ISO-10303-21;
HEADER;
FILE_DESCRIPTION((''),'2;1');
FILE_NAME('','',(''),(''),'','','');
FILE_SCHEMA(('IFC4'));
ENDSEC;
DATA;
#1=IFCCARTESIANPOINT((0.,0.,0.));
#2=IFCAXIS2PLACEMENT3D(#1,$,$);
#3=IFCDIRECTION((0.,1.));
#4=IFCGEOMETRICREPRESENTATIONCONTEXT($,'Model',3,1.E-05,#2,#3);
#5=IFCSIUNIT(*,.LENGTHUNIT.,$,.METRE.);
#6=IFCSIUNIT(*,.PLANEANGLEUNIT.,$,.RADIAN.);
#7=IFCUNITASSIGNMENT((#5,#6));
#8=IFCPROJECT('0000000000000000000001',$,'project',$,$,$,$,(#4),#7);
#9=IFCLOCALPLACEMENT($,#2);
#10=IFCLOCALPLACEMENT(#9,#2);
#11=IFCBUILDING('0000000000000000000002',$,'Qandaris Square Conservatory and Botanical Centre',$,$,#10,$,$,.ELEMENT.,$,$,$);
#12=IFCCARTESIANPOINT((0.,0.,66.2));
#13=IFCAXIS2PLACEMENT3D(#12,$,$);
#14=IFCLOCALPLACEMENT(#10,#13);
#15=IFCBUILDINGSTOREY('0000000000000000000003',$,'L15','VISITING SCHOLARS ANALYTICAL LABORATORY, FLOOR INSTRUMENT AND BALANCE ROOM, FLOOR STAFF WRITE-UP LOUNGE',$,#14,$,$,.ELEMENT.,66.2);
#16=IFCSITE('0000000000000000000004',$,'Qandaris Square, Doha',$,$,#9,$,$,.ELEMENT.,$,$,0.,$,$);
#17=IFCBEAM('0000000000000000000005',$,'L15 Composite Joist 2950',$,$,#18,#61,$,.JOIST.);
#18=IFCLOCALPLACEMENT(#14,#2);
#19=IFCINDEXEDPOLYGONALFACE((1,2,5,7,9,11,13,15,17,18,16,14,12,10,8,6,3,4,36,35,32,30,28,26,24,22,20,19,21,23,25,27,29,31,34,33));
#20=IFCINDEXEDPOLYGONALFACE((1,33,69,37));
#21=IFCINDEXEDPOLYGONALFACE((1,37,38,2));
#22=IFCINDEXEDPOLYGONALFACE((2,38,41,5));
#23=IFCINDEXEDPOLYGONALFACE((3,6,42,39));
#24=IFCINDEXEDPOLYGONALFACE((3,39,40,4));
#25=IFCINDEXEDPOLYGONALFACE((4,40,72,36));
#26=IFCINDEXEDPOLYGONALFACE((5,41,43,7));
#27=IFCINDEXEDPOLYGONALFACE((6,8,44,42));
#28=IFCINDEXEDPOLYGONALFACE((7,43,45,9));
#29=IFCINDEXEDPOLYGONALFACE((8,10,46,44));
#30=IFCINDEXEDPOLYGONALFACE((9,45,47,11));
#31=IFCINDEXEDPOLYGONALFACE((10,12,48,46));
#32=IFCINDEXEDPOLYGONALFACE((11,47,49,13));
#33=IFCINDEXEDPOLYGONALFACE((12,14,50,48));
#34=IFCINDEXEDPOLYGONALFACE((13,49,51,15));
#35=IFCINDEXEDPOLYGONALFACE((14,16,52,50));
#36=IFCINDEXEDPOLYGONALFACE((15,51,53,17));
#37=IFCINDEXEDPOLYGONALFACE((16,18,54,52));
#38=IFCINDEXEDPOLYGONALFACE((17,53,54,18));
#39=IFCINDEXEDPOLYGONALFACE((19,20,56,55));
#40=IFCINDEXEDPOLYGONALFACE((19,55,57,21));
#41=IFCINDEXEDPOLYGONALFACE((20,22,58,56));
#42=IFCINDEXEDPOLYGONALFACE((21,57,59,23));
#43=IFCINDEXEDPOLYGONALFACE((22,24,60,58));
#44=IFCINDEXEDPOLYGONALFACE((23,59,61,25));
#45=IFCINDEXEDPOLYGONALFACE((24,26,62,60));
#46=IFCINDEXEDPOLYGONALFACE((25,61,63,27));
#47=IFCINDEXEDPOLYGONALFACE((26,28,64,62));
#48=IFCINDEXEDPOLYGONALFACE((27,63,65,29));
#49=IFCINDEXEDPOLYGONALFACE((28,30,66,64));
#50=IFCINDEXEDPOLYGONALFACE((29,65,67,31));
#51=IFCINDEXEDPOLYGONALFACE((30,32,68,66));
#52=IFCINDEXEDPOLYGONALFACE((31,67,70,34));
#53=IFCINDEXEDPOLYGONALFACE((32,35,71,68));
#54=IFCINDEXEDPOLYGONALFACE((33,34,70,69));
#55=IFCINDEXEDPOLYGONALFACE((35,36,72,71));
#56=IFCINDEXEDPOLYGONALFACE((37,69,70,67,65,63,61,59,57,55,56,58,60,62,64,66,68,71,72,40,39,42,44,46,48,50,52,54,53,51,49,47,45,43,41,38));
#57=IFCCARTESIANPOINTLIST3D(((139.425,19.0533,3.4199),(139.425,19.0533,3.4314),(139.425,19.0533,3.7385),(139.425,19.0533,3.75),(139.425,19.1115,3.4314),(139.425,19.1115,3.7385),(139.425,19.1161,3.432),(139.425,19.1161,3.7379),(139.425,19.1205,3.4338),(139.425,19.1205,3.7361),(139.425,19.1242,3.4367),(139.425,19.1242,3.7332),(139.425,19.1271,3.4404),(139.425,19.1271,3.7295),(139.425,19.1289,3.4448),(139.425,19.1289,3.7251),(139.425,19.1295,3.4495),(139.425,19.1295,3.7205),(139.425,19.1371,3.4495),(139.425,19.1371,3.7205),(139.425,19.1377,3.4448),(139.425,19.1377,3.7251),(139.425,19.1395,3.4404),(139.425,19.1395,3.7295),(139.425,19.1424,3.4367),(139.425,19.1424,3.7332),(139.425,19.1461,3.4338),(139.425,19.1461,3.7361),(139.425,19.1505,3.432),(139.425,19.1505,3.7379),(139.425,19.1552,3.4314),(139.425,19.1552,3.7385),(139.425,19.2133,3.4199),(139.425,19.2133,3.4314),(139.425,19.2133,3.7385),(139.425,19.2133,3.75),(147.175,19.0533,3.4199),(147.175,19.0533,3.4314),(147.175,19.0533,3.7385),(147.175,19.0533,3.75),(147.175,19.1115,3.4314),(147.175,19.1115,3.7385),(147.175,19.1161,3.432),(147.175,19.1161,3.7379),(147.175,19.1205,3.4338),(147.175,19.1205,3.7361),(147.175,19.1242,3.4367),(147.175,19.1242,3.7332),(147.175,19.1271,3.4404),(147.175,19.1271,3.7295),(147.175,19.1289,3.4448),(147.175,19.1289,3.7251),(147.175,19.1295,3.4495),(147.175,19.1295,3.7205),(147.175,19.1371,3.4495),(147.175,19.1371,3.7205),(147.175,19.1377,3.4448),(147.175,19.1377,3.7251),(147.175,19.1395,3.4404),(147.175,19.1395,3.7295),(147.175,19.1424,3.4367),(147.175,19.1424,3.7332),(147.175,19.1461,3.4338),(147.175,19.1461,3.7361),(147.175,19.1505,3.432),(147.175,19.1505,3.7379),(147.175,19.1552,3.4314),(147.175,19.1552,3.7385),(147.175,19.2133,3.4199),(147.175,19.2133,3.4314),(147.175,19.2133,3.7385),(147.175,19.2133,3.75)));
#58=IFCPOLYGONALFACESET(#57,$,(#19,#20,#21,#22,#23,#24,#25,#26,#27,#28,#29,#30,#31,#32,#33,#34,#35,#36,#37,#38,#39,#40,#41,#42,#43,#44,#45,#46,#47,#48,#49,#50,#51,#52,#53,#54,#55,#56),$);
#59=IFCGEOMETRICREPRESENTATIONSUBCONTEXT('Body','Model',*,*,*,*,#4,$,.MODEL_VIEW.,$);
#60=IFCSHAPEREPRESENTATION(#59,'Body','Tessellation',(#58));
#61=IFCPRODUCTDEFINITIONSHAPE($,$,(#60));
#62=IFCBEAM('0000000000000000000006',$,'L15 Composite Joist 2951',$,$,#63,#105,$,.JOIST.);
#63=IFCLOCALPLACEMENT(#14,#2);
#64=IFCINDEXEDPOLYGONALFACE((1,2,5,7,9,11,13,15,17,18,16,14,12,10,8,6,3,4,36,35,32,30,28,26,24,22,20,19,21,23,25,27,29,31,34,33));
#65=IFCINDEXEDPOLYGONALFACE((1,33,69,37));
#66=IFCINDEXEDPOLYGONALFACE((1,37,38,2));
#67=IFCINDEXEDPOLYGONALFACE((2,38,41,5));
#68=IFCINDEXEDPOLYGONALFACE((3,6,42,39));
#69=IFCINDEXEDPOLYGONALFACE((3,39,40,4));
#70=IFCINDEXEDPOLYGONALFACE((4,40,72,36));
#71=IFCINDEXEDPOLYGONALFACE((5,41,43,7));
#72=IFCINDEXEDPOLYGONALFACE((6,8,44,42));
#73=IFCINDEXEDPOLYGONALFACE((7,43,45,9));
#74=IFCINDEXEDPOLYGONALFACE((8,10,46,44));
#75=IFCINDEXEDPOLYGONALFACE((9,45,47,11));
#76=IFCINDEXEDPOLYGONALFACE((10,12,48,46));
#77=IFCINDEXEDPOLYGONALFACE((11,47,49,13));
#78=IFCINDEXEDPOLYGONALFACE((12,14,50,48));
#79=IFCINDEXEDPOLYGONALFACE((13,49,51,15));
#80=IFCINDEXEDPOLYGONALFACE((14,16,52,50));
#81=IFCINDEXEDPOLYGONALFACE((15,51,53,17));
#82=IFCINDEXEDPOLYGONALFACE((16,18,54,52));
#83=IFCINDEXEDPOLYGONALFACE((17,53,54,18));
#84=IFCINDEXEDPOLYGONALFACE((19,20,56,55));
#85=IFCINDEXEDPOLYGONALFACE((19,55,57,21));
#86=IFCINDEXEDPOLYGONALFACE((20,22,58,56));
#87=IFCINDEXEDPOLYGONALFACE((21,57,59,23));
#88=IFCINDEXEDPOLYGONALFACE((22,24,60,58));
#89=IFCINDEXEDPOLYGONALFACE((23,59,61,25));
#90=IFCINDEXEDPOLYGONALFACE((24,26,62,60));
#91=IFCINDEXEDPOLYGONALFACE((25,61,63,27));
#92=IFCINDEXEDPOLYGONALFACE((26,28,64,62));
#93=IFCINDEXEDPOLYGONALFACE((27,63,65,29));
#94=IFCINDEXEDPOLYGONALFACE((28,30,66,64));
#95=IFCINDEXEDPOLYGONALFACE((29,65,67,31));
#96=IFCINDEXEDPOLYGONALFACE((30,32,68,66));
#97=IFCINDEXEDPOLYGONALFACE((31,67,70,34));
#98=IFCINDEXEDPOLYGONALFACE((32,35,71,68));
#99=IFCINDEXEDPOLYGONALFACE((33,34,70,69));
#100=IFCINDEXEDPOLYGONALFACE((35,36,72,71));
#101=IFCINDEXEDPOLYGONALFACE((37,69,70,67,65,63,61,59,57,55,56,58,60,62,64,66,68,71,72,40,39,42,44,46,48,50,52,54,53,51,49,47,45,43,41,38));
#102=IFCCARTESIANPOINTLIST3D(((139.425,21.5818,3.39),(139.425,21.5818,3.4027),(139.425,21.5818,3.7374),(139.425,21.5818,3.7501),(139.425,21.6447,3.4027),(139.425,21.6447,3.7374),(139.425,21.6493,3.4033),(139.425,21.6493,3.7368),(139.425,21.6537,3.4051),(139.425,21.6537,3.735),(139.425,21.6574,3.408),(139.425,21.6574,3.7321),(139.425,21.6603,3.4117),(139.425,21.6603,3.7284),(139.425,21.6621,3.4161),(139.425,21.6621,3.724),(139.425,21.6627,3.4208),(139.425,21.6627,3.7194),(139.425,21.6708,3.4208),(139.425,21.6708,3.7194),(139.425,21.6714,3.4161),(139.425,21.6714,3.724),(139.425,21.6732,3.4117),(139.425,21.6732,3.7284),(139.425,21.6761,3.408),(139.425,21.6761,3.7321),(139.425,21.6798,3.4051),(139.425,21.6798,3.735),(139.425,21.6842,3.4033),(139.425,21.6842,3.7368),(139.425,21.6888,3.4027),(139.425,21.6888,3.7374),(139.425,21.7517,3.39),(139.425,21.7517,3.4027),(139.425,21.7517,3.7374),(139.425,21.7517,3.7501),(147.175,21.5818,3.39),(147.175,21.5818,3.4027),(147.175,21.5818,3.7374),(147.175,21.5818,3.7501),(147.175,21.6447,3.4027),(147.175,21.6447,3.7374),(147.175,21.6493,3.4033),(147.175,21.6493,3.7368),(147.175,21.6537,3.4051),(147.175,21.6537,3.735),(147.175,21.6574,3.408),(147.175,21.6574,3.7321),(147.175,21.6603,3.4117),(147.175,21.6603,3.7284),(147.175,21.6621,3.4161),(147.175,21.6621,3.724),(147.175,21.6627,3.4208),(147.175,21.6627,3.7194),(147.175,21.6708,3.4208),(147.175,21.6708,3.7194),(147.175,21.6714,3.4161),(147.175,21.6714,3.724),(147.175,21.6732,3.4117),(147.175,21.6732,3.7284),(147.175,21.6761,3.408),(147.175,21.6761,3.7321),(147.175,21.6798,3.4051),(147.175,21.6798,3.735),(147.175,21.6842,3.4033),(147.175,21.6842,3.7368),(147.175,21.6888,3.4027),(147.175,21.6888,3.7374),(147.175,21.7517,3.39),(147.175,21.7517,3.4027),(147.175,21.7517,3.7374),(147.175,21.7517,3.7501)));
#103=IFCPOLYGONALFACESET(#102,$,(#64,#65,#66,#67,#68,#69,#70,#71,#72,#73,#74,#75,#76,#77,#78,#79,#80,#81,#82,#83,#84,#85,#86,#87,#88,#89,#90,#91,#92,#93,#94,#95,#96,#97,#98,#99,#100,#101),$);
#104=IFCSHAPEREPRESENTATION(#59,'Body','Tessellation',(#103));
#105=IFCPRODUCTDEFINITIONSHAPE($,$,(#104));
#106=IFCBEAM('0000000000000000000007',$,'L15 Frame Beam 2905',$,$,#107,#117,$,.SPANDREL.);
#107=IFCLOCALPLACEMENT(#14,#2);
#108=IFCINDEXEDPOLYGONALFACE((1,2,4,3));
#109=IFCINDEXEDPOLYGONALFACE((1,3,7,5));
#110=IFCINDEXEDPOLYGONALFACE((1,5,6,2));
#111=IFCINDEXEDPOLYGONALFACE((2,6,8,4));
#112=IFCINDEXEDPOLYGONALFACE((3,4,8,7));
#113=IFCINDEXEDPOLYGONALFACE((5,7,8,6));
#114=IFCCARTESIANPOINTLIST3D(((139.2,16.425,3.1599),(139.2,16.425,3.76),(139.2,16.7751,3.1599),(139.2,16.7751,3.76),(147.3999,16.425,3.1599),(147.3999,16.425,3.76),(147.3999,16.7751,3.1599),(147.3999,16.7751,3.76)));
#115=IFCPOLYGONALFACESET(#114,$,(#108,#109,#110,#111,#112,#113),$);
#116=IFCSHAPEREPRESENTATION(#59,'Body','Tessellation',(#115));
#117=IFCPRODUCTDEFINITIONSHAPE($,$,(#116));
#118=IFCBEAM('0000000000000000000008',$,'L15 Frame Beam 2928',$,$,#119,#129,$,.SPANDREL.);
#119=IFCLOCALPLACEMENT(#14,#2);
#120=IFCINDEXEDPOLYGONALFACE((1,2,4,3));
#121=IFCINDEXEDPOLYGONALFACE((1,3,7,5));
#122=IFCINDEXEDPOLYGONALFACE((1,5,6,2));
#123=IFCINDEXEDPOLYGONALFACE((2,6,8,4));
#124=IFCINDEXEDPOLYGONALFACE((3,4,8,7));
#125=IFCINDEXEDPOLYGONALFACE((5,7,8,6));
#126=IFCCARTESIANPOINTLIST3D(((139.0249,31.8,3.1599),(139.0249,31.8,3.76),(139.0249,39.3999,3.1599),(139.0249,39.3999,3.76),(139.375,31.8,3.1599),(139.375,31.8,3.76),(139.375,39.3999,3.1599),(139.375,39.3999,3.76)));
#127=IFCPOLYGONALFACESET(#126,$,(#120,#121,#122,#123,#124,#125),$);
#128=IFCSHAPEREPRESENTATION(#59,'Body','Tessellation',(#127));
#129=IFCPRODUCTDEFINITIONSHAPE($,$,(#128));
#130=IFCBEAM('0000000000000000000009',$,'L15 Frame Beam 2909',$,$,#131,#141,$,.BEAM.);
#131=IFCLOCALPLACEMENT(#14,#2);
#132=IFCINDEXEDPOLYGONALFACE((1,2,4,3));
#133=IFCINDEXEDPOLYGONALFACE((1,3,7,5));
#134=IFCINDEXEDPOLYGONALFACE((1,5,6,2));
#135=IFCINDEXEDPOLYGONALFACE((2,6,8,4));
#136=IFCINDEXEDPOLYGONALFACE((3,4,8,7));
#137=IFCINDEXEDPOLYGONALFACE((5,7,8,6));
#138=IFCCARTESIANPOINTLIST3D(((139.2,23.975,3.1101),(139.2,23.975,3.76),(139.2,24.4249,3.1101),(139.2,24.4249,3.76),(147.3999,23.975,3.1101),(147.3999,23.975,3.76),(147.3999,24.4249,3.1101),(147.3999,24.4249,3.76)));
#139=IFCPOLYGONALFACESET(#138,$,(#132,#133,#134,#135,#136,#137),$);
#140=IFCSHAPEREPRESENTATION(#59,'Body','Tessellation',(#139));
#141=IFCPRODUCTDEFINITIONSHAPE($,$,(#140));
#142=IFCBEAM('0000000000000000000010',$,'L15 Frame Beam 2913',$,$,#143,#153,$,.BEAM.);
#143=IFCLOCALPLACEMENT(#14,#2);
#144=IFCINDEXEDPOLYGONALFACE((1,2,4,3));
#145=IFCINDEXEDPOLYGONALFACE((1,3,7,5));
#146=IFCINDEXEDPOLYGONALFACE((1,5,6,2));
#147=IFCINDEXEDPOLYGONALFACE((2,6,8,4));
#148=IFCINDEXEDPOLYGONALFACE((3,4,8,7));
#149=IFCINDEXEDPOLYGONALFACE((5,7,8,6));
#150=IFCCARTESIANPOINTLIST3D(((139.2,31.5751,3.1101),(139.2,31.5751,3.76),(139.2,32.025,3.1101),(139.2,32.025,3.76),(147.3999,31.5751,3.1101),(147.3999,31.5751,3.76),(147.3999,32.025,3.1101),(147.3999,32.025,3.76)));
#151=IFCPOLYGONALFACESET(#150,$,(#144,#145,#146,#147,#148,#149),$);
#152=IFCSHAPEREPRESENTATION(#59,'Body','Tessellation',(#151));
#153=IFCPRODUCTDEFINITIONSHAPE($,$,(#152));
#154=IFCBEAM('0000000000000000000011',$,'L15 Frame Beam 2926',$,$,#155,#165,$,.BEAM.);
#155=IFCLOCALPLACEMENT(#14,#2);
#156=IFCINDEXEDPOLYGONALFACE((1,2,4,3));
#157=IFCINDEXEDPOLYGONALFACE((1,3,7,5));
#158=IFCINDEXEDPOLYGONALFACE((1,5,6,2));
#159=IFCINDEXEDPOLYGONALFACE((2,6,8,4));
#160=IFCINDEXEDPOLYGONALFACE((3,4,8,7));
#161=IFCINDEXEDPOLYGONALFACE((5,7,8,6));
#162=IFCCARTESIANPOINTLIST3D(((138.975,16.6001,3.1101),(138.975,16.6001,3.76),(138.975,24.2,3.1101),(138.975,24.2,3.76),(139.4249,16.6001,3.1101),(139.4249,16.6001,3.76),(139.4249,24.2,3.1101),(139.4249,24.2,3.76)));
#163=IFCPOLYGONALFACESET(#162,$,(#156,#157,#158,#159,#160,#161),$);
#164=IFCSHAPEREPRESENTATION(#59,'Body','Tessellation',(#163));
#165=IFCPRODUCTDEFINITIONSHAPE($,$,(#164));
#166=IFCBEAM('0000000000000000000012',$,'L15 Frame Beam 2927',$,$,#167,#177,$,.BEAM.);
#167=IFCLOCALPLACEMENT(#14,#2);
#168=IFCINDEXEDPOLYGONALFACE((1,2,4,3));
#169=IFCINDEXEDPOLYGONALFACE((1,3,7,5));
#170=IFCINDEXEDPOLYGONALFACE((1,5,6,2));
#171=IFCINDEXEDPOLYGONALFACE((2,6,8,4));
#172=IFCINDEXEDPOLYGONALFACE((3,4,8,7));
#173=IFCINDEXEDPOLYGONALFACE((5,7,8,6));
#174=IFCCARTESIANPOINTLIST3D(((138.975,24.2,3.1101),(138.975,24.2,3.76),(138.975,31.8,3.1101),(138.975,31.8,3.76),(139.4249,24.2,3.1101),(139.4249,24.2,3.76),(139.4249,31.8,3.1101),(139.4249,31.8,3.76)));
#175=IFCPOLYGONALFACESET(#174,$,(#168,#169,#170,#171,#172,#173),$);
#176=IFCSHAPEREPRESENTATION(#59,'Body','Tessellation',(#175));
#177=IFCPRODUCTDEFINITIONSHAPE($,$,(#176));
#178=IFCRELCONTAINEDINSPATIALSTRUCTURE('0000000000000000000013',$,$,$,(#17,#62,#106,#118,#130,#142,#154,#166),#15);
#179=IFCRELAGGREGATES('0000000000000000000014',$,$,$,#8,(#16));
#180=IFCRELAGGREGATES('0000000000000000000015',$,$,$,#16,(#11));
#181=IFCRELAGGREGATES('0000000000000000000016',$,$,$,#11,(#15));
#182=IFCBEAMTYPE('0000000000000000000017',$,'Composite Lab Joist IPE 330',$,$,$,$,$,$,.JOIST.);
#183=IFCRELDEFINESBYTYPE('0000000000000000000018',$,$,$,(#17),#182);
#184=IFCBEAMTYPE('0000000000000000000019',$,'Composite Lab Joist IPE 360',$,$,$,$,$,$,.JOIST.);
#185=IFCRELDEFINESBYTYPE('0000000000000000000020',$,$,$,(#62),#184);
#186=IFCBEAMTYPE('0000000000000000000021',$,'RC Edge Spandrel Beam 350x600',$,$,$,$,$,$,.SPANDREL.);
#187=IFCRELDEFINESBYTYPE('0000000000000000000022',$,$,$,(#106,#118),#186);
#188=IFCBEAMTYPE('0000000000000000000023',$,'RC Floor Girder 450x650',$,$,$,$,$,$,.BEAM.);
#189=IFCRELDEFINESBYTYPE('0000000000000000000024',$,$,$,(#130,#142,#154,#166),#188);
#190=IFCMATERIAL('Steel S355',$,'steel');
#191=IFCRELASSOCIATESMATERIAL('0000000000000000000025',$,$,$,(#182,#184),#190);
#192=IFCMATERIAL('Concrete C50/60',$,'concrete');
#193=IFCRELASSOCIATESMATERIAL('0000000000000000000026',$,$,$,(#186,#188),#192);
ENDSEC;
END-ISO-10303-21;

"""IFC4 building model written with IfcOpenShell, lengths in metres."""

from ifc_helpers import new_model, si_unit, direction, frame, origin, origin_2d, place, context, subcontext, project, spatial, rectangle, i_section, extrude, material, material_profile, profile_set, type_object, element, save


model = new_model("IFC4")

# Units and contexts
model_context = context("Model", 3, precision=1e-05, world=origin(), true_north=direction((0.0, 1.0)))
body_context = subcontext(model_context, "Body", "Model", "MODEL_VIEW")
ifc_project = project(units=[si_unit("LENGTHUNIT", "METRE"), si_unit("PLANEANGLEUNIT", "RADIAN")], contexts=[model_context])

# Site, building, storey
site_placement = place(None, origin())
site = spatial("IfcSite", under=ifc_project, at=site_placement, Name="Qandaris Square, Doha", CompositionType="ELEMENT", RefElevation=0.0)
building_placement = place(site_placement, origin())
building = spatial("IfcBuilding", under=site, at=building_placement, Name="Qandaris Square Conservatory and Botanical Centre", CompositionType="ELEMENT")
storey_placement = place(building_placement, frame((0.0, 0.0, 66.2)))
storey = spatial("IfcBuildingStorey", under=building, at=storey_placement, Name="L15", Description="VISITING SCHOLARS ANALYTICAL LABORATORY, FLOOR INSTRUMENT AND BALANCE ROOM, FLOOR STAFF WRITE-UP LOUNGE", CompositionType="ELEMENT", Elevation=66.2)

# Beams
ifc_material_1 = material(Name="Steel S355", Category="steel")
ifc_material_profile_1 = material_profile(ifc_material_1, i_section(OverallWidth=0.1599, OverallDepth=0.3301, WebThickness=0.0076, FlangeThickness=0.0115, FilletRadius=0.0181, at=origin_2d()), Name="IPE 330")
ifc_profile_set_1 = profile_set([ifc_material_profile_1], Name="Steel S355")
beam_type_1 = type_object("IfcBeamType", Name="Composite Lab Joist IPE 330", PredefinedType="JOIST", material=ifc_profile_set_1)
beam_1_placement = place(storey_placement, frame((139.425, 19.1333, 3.585), z_axis=(1.0, 0.0, 0.0), x_axis=(0.0, 1.0, 0.0)))
element("IfcBeam", 1, at=beam_1_placement, inside=storey, type_object=beam_type_1, Name="L15 Composite Joist 2950", PredefinedType="JOIST", context=body_context, shape_type="SweptSolid", body=[
    extrude(i_section(OverallWidth=0.1599, OverallDepth=0.3301, WebThickness=0.0076, FlangeThickness=0.0115, FilletRadius=0.0181, at=origin_2d()), origin(), (0.0, 0.0, 1.0), 7.75),
])
ifc_material_profile_2 = material_profile(ifc_material_1, i_section(OverallWidth=0.1699, OverallDepth=0.3601, WebThickness=0.0081, FlangeThickness=0.0127, FilletRadius=0.0181, at=origin_2d()), Name="IPE 360")
ifc_profile_set_2 = profile_set([ifc_material_profile_2], Name="Steel S355")
beam_type_2 = type_object("IfcBeamType", Name="Composite Lab Joist IPE 360", PredefinedType="JOIST", material=ifc_profile_set_2)
beam_2_placement = place(storey_placement, frame((139.425, 21.6667, 3.5701), z_axis=(1.0, 0.0, 0.0), x_axis=(0.0, 1.0, 0.0)))
element("IfcBeam", 2, at=beam_2_placement, inside=storey, type_object=beam_type_2, Name="L15 Composite Joist 2951", PredefinedType="JOIST", context=body_context, shape_type="SweptSolid", body=[
    extrude(i_section(OverallWidth=0.1699, OverallDepth=0.3601, WebThickness=0.0081, FlangeThickness=0.0127, FilletRadius=0.0181, at=origin_2d()), origin(), (0.0, 0.0, 1.0), 7.75),
])
ifc_material_2 = material(Name="Concrete C50/60", Category="concrete")
ifc_material_profile_3 = material_profile(ifc_material_2, rectangle(XDim=0.3501, YDim=0.6001, at=origin_2d()), Name="RC-SP 350x600")
ifc_profile_set_3 = profile_set([ifc_material_profile_3], Name="Concrete C50/60")
beam_type_3 = type_object("IfcBeamType", Name="RC Edge Spandrel Beam 350x600", PredefinedType="SPANDREL", material=ifc_profile_set_3)
beam_3_placement = place(storey_placement, frame((139.2, 16.6001, 3.46), z_axis=(1.0, 0.0, 0.0), x_axis=(0.0, 1.0, 0.0)))
element("IfcBeam", 3, at=beam_3_placement, inside=storey, type_object=beam_type_3, Name="L15 Frame Beam 2905", PredefinedType="SPANDREL", context=body_context, shape_type="SweptSolid", body=[
    extrude(rectangle(XDim=0.3501, YDim=0.6001, at=origin_2d()), origin(), (0.0, 0.0, 1.0), 8.2),
])
beam_4_placement = place(storey_placement, frame((139.2, 31.8, 3.46), z_axis=(0.0, 1.0, 0.0), x_axis=(-1.0, 0.0, 0.0)))
element("IfcBeam", 4, at=beam_4_placement, inside=storey, type_object=beam_type_3, Name="L15 Frame Beam 2928", PredefinedType="SPANDREL", context=body_context, shape_type="SweptSolid", body=[
    extrude(rectangle(XDim=0.3501, YDim=0.6001, at=origin_2d()), origin(), (0.0, 0.0, 1.0), 7.5999),
])
ifc_material_profile_4 = material_profile(ifc_material_2, rectangle(XDim=0.45, YDim=0.6499, at=origin_2d()), Name="RC-BM 450x650")
ifc_profile_set_4 = profile_set([ifc_material_profile_4], Name="Concrete C50/60")
beam_type_4 = type_object("IfcBeamType", Name="RC Floor Girder 450x650", PredefinedType="BEAM", material=ifc_profile_set_4)
for number, where, z_axis, x_axis, name in (
    (5, (139.2, 24.2, 3.4351), (1.0, 0.0, 0.0), (0.0, 1.0, 0.0), "L15 Frame Beam 2909"),
    (6, (139.2, 31.8, 3.4351), (1.0, 0.0, 0.0), (0.0, 1.0, 0.0), "L15 Frame Beam 2913"),
):
    element("IfcBeam", number, at=place(storey_placement, frame(where, z_axis=z_axis, x_axis=x_axis)), inside=storey, type_object=beam_type_4, Name=name, PredefinedType="BEAM", context=body_context, shape_type="SweptSolid", body=[
        extrude(rectangle(XDim=0.45, YDim=0.6499, at=origin_2d()), origin(), (0.0, 0.0, 1.0), 8.2),
    ])
beam_5_placement = place(storey_placement, frame((139.2, 16.6001, 3.4351), z_axis=(0.0, 1.0, 0.0), x_axis=(-1.0, 0.0, 0.0)))
element("IfcBeam", 7, at=beam_5_placement, inside=storey, type_object=beam_type_4, Name="L15 Frame Beam 2926", PredefinedType="BEAM", context=body_context, shape_type="SweptSolid", body=[
    extrude(rectangle(XDim=0.45, YDim=0.6499, at=origin_2d()), origin(), (0.0, 0.0, 1.0), 7.5999),
])
beam_6_placement = place(storey_placement, frame((139.2, 24.2, 3.4351), z_axis=(0.0, 1.0, 0.0), x_axis=(-1.0, 0.0, 0.0)))
element("IfcBeam", 8, at=beam_6_placement, inside=storey, type_object=beam_type_4, Name="L15 Frame Beam 2927", PredefinedType="BEAM", context=body_context, shape_type="SweptSolid", body=[
    extrude(rectangle(XDim=0.45, YDim=0.6499, at=origin_2d()), origin(), (0.0, 0.0, 1.0), 7.6001),
])

save(model, "model.ifc")
